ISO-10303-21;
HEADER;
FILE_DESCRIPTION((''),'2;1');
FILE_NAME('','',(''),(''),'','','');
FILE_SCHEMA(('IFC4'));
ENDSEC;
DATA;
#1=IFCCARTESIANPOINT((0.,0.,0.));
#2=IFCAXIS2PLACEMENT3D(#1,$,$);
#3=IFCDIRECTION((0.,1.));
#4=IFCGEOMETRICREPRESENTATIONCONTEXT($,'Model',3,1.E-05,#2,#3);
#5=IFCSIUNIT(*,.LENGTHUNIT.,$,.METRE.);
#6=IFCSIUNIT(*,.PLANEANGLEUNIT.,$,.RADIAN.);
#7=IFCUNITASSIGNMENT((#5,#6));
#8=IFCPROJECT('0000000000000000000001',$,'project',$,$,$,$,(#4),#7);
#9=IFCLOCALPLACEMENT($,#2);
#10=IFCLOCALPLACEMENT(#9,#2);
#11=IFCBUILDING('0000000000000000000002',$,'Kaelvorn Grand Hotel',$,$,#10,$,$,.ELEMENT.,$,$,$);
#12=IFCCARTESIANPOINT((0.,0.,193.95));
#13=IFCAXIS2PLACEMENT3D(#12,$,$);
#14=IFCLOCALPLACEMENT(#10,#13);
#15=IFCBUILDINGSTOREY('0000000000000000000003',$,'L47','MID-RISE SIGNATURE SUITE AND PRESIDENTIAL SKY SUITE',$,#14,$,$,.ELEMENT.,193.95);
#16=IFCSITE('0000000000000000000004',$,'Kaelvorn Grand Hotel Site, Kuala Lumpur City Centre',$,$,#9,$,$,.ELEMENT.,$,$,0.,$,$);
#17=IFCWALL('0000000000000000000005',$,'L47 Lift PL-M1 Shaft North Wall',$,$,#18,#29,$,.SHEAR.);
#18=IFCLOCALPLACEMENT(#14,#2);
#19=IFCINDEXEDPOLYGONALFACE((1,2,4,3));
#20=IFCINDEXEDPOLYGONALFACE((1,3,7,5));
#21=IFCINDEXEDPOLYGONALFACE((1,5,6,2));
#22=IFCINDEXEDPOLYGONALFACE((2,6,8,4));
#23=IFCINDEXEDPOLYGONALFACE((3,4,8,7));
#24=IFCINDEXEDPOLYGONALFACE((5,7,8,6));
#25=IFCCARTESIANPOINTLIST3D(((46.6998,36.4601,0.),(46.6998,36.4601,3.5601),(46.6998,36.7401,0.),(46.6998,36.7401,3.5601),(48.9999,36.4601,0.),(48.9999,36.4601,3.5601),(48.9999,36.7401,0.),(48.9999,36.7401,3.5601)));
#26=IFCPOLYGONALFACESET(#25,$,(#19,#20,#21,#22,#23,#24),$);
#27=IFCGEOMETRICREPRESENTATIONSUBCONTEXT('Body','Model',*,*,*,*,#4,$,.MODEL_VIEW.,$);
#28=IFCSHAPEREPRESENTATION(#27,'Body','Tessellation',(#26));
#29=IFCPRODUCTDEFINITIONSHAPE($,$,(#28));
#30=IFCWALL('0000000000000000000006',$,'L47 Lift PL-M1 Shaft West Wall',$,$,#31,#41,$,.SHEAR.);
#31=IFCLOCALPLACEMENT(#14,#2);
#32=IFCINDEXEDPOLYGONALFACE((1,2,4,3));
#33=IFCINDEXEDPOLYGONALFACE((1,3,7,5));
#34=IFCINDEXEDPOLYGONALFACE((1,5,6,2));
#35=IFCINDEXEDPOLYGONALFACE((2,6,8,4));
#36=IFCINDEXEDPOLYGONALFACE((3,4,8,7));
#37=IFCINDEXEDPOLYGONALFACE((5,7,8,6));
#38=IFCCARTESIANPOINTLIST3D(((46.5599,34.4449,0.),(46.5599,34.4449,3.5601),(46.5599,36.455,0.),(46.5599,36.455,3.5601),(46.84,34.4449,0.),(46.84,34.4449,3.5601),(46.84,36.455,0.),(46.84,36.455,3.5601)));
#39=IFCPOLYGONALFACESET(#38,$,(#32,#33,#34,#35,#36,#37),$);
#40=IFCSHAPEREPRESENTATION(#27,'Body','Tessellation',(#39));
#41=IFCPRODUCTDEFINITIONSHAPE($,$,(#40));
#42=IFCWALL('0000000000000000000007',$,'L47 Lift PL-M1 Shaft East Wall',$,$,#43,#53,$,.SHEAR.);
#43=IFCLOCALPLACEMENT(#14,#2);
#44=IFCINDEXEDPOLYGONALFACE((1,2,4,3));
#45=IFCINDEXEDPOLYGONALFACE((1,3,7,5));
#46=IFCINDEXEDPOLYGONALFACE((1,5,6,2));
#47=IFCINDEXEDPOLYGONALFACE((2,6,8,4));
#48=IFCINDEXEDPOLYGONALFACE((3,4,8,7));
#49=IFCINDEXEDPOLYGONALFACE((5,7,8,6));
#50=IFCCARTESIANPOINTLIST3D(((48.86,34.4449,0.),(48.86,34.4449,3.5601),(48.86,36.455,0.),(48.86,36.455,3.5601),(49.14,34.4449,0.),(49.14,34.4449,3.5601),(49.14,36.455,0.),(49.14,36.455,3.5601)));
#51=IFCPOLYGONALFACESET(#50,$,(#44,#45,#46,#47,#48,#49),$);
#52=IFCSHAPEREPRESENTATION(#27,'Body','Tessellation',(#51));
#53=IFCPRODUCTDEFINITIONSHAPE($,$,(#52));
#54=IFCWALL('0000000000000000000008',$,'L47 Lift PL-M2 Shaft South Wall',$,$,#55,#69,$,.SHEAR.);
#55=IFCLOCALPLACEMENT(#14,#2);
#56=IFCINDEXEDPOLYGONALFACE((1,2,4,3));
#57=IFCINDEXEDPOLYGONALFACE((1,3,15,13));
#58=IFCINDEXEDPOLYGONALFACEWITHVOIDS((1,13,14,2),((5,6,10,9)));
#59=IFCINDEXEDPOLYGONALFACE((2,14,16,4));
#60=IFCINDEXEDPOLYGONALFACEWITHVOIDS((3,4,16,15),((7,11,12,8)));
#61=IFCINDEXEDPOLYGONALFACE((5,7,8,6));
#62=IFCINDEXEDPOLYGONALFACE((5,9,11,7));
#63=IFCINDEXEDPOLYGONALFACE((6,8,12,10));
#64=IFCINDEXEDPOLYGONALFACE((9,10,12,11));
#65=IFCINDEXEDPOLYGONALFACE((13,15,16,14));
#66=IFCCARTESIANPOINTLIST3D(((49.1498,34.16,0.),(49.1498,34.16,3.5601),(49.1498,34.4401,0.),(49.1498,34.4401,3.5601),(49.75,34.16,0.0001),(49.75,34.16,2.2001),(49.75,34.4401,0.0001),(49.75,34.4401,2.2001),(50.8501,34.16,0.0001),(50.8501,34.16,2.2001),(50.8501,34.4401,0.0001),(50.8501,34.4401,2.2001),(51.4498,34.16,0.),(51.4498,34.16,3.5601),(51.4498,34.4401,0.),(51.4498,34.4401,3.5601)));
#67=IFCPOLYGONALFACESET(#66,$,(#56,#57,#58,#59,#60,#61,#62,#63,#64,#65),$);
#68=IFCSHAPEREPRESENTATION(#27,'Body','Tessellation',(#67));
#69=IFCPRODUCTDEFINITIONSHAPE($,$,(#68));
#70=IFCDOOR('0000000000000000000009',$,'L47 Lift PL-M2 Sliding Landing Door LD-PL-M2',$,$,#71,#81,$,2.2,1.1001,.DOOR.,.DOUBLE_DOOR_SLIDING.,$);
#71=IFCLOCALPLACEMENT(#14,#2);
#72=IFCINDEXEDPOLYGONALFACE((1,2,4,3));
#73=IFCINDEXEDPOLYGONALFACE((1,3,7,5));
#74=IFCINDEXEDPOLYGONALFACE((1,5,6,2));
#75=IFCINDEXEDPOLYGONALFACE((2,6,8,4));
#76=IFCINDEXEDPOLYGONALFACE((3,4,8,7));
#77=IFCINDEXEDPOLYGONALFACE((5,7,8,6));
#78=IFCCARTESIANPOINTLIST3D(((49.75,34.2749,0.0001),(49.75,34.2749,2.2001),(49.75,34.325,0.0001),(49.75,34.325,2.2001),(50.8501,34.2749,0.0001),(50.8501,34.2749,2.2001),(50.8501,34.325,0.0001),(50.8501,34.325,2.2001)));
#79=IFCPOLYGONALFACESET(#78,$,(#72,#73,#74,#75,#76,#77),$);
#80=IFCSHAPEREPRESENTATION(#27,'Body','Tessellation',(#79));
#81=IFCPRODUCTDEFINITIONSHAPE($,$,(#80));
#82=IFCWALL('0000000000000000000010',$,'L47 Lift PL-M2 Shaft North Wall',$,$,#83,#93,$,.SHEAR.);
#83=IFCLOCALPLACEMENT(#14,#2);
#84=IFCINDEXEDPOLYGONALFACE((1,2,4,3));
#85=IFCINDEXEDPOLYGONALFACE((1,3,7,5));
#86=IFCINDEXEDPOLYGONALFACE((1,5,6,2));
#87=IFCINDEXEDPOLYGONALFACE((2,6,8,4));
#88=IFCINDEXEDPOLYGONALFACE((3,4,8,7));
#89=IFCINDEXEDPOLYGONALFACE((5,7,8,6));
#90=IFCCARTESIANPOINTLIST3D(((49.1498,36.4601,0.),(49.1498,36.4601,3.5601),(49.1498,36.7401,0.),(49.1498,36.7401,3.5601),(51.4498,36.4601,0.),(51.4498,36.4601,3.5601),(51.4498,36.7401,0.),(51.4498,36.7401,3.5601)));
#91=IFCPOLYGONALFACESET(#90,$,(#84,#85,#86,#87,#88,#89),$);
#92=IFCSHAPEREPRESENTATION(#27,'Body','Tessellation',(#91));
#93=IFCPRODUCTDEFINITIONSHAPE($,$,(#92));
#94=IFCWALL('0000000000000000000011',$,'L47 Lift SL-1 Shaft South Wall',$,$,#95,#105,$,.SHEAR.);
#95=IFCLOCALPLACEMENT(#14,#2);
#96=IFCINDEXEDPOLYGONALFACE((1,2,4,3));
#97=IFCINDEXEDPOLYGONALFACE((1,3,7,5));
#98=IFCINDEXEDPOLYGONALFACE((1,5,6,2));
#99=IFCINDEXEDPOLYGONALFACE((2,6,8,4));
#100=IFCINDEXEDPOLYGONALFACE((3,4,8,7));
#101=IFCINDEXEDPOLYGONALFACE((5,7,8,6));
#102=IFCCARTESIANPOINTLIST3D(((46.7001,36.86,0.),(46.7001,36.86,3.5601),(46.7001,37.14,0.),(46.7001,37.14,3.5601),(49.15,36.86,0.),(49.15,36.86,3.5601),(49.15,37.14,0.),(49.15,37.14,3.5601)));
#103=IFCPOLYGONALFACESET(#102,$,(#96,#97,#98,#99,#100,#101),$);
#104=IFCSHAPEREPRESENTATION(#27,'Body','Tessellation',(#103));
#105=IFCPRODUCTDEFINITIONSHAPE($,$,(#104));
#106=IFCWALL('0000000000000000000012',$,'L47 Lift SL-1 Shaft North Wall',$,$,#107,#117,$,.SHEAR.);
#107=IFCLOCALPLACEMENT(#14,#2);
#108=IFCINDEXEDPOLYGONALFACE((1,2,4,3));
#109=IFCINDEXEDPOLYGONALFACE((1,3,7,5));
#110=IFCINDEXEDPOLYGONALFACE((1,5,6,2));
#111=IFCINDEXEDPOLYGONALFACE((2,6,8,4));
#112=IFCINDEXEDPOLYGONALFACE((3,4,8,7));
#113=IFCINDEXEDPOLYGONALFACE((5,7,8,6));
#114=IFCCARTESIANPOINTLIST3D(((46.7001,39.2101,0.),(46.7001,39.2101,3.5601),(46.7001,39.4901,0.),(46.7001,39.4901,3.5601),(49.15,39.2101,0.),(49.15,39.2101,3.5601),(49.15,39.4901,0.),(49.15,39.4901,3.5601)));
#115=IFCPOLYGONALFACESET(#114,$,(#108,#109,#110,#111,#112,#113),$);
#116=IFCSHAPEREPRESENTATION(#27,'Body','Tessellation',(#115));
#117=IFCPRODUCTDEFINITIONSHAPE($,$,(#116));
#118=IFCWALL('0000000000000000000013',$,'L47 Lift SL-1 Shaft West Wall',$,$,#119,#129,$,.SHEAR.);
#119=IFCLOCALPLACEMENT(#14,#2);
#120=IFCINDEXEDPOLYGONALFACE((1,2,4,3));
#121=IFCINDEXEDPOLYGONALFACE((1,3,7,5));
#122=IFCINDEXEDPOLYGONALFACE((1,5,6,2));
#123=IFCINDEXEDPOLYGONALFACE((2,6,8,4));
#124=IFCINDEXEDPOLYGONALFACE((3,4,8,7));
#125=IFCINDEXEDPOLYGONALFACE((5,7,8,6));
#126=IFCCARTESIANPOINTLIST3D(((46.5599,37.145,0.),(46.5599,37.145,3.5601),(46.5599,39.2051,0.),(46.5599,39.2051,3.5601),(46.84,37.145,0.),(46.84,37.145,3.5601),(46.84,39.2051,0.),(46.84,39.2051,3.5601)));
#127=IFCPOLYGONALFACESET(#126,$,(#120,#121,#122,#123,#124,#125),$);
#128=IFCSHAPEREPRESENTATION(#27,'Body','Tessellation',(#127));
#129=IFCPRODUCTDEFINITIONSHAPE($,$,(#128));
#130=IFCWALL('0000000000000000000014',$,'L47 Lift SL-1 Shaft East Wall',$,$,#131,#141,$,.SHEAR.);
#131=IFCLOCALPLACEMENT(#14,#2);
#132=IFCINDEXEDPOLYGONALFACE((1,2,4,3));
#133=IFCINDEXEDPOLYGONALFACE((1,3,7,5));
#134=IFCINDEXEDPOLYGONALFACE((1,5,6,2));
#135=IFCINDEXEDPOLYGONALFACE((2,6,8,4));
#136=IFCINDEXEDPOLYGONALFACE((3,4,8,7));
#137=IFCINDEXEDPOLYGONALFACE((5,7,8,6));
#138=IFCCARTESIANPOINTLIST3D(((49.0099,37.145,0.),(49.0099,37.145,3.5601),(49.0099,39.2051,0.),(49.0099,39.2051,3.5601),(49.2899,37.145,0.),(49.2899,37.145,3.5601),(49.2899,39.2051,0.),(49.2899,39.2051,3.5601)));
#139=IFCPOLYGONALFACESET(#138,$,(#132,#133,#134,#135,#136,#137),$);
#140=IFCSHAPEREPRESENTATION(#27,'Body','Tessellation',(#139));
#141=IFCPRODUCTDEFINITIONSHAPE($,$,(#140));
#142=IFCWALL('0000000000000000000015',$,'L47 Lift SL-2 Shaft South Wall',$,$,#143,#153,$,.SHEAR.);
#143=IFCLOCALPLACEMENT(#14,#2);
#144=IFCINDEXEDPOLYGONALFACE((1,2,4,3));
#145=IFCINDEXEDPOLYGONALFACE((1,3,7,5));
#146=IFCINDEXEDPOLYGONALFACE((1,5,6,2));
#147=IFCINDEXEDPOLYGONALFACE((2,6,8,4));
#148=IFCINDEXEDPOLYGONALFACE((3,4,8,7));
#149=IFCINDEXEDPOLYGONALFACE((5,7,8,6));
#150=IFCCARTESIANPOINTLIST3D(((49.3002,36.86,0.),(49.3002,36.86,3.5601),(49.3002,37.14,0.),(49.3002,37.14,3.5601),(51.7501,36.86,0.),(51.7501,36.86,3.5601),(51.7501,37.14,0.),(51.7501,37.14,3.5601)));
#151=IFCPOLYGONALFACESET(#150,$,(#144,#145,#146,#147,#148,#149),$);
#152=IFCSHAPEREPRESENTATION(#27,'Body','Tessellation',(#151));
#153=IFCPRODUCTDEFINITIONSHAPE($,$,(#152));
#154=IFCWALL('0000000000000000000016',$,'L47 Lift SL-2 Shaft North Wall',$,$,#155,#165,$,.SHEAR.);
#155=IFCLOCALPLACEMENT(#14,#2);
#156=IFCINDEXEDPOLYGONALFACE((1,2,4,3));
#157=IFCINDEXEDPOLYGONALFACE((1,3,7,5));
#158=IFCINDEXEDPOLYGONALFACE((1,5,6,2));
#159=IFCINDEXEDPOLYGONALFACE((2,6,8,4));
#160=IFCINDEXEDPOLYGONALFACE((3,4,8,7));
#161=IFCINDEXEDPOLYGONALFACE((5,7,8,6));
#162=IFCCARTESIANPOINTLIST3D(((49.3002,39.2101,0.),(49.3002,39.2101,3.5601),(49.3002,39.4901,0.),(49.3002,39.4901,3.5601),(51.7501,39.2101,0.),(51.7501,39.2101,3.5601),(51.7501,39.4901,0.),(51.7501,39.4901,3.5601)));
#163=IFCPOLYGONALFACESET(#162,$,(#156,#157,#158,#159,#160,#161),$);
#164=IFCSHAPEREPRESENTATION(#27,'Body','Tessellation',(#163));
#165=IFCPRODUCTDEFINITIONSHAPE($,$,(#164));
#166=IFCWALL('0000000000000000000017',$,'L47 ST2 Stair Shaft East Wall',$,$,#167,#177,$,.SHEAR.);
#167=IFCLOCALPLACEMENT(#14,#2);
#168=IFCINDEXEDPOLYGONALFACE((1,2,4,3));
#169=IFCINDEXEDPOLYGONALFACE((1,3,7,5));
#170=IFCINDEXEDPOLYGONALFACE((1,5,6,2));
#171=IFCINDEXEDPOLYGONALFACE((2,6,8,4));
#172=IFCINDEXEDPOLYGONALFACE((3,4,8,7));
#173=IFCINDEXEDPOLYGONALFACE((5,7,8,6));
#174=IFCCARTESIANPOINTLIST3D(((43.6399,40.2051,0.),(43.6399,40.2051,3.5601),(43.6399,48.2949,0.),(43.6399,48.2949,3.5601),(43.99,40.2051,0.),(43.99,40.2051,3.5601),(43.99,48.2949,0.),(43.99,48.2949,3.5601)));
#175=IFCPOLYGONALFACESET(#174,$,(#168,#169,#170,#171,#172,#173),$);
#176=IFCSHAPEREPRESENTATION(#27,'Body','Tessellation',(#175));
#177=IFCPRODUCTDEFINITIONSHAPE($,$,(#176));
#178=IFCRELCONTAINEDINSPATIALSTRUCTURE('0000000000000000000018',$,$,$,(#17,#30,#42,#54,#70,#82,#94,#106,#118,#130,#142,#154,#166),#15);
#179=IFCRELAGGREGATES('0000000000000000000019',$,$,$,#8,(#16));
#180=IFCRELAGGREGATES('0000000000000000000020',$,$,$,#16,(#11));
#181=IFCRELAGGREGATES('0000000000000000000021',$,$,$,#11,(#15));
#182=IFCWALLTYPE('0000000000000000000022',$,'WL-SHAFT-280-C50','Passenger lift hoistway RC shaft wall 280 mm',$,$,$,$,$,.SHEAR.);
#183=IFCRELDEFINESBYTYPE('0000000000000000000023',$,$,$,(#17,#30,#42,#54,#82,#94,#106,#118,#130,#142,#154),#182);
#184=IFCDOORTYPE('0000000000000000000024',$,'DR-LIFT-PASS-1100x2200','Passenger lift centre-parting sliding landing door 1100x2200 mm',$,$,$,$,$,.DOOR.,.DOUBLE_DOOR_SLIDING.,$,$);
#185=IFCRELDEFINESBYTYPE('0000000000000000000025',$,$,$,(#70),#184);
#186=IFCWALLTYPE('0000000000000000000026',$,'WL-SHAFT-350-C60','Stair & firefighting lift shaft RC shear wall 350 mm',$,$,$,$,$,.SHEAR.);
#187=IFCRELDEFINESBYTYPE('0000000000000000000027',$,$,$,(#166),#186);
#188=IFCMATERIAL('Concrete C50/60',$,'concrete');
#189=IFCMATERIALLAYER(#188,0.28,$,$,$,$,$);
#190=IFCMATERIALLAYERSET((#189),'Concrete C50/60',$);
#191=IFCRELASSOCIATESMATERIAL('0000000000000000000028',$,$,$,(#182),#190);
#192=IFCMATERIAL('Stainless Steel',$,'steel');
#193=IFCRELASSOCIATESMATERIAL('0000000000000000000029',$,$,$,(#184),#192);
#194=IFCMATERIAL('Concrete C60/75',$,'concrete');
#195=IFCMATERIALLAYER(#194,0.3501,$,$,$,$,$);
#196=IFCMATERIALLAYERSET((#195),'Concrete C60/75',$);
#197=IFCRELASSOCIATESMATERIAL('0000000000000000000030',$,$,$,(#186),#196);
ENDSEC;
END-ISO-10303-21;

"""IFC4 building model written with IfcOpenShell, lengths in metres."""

from ifc_helpers import new_model, si_unit, direction, frame, frame_2d, origin, place, context, subcontext, project, spatial, rectangle, extrude, material, layer, layer_set, type_object, element, fill, save


model = new_model("IFC4")

# Units and contexts
model_context = context("Model", 3, precision=1e-05, world=origin(), true_north=direction((0.0, 1.0)))
body_context = subcontext(model_context, "Body", "Model", "MODEL_VIEW")
ifc_project = project(units=[si_unit("LENGTHUNIT", "METRE"), si_unit("PLANEANGLEUNIT", "RADIAN")], contexts=[model_context])

# Site, building, storey
site_placement = place(None, origin())
site = spatial("IfcSite", under=ifc_project, at=site_placement, Name="Kaelvorn Grand Hotel Site, Kuala Lumpur City Centre", CompositionType="ELEMENT", RefElevation=0.0)
building_placement = place(site_placement, origin())
building = spatial("IfcBuilding", under=site, at=building_placement, Name="Kaelvorn Grand Hotel", CompositionType="ELEMENT")
storey_placement = place(building_placement, frame((0.0, 0.0, 193.95)))
storey = spatial("IfcBuildingStorey", under=building, at=storey_placement, Name="L47", Description="MID-RISE SIGNATURE SUITE AND PRESIDENTIAL SKY SUITE", CompositionType="ELEMENT", Elevation=193.95)

# Shared definitions
ifc_material_1 = material(Name="Concrete C60/75", Category="concrete")

# Shared definitions
ifc_material_2 = material(Name="Concrete C50/60", Category="concrete")

# Shared definitions
ifc_layer_1 = layer(ifc_material_2, 0.28)
ifc_layer_set_1 = layer_set([ifc_layer_1], Name="Concrete C50/60")
wall_type_1 = type_object("IfcWallType", Name="WL-SHAFT-280-C50", Description="Passenger lift hoistway RC shaft wall 280 mm", PredefinedType="SHEAR", material=ifc_layer_set_1)
ifc_material_3 = material(Name="Stainless Steel", Category="steel")
door_type_1 = type_object("IfcDoorType", Name="DR-LIFT-PASS-1100x2200", Description="Passenger lift centre-parting sliding landing door 1100x2200 mm", OperationType="DOUBLE_DOOR_SLIDING", PredefinedType="DOOR", material=ifc_material_3)

# Walls
wall_1_placement = place(storey_placement, frame((46.7, 36.6001, 0.0), z_axis=(0.0, 0.0, 1.0), x_axis=(1.0, 0.0, 0.0)))
element("IfcWall", 1, at=wall_1_placement, inside=storey, type_object=wall_type_1, Name="L47 Lift PL-M1 Shaft North Wall", PredefinedType="SHEAR", context=body_context, shape_type="SweptSolid", body=[
    extrude(rectangle(XDim=2.3, YDim=0.28, at=frame_2d((1.1499, 0.0))), origin(), (0.0, 0.0, 1.0), 3.5601),
])
for number, where, z_axis, x_axis, name in (
    (2, (46.7, 34.4451, 0.0), (0.0, 0.0, 1.0), (0.0, 1.0, 0.0), "L47 Lift PL-M1 Shaft West Wall"),
    (3, (49.0, 34.4451, 0.0), (0.0, 0.0, 1.0), (0.0, 1.0, 0.0), "L47 Lift PL-M1 Shaft East Wall"),
):
    element("IfcWall", number, at=place(storey_placement, frame(where, z_axis=z_axis, x_axis=x_axis)), inside=storey, type_object=wall_type_1, Name=name, PredefinedType="SHEAR", context=body_context, shape_type="SweptSolid", body=[
        extrude(rectangle(XDim=2.01, YDim=0.28, at=frame_2d((1.0049, 0.0))), origin(), (0.0, 0.0, 1.0), 3.5601),
    ])

# Wall, opening, door
wall_2_placement = place(storey_placement, frame((49.1499, 34.3, 0.0), z_axis=(0.0, 0.0, 1.0), x_axis=(1.0, 0.0, 0.0)))
wall_2 = element("IfcWall", 4, at=wall_2_placement, inside=storey, type_object=wall_type_1, Name="L47 Lift PL-M2 Shaft South Wall", PredefinedType="SHEAR", context=body_context, shape_type="SweptSolid", body=[
    extrude(rectangle(XDim=2.3, YDim=0.28, at=frame_2d((1.1499, 0.0))), origin(), (0.0, 0.0, 1.0), 3.5601),
])
opening_1_placement = place(wall_2_placement, frame((0.6001, 0.0, 0.0)))
opening_1 = element("IfcOpeningElement", 5, at=opening_1_placement, cuts=wall_2, PredefinedType="OPENING", context=body_context, shape_type="SweptSolid", body=[
    extrude(rectangle(XDim=1.1001, YDim=2.2, at=frame_2d((0.55, 1.1001))), frame((0.0, 0.1499, 0.0), z_axis=(0.0, -1.0, 0.0), x_axis=(1.0, 0.0, 0.0)), (0.0, 0.0, 1.0), 0.3),
])
door_1_placement = place(opening_1_placement, origin())
door_1 = element("IfcDoor", 6, at=door_1_placement, inside=storey, type_object=door_type_1, Name="L47 Lift PL-M2 Sliding Landing Door LD-PL-M2", OperationType="DOUBLE_DOOR_SLIDING", OverallHeight=2.2, OverallWidth=1.1001, PredefinedType="DOOR", context=body_context, shape_type="SweptSolid", body=[
    extrude(rectangle(XDim=1.1001, YDim=2.2, at=frame_2d((0.55, 1.1001))), frame((0.0, 0.0249, 0.0), z_axis=(0.0, -1.0, 0.0), x_axis=(1.0, 0.0, 0.0)), (0.0, 0.0, 1.0), 0.05),
])
fill(opening_1, door_1)

# Walls
wall_3_placement = place(storey_placement, frame((49.1499, 36.6001, 0.0), z_axis=(0.0, 0.0, 1.0), x_axis=(1.0, 0.0, 0.0)))
element("IfcWall", 7, at=wall_3_placement, inside=storey, type_object=wall_type_1, Name="L47 Lift PL-M2 Shaft North Wall", PredefinedType="SHEAR", context=body_context, shape_type="SweptSolid", body=[
    extrude(rectangle(XDim=2.3, YDim=0.28, at=frame_2d((1.1499, 0.0))), origin(), (0.0, 0.0, 1.0), 3.5601),
])
for number, where, z_axis, x_axis, name in (
    (8, (46.7, 37.0, 0.0), (0.0, 0.0, 1.0), (1.0, 0.0, 0.0), "L47 Lift SL-1 Shaft South Wall"),
    (9, (46.7, 39.3501, 0.0), (0.0, 0.0, 1.0), (1.0, 0.0, 0.0), "L47 Lift SL-1 Shaft North Wall"),
):
    element("IfcWall", number, at=place(storey_placement, frame(where, z_axis=z_axis, x_axis=x_axis)), inside=storey, type_object=wall_type_1, Name=name, PredefinedType="SHEAR", context=body_context, shape_type="SweptSolid", body=[
        extrude(rectangle(XDim=2.45, YDim=0.28, at=frame_2d((1.2251, 0.0))), origin(), (0.0, 0.0, 1.0), 3.5601),
    ])
for number, where, z_axis, x_axis, name in (
    (10, (46.7, 37.145, 0.0), (0.0, 0.0, 1.0), (0.0, 1.0, 0.0), "L47 Lift SL-1 Shaft West Wall"),
    (11, (49.1499, 37.145, 0.0), (0.0, 0.0, 1.0), (0.0, 1.0, 0.0), "L47 Lift SL-1 Shaft East Wall"),
):
    element("IfcWall", number, at=place(storey_placement, frame(where, z_axis=z_axis, x_axis=x_axis)), inside=storey, type_object=wall_type_1, Name=name, PredefinedType="SHEAR", context=body_context, shape_type="SweptSolid", body=[
        extrude(rectangle(XDim=2.0601, YDim=0.28, at=frame_2d((1.03, 0.0))), origin(), (0.0, 0.0, 1.0), 3.5601),
    ])
for number, where, z_axis, x_axis, name in (
    (12, (49.3, 37.0, 0.0), (0.0, 0.0, 1.0), (1.0, 0.0, 0.0), "L47 Lift SL-2 Shaft South Wall"),
    (13, (49.3, 39.3501, 0.0), (0.0, 0.0, 1.0), (1.0, 0.0, 0.0), "L47 Lift SL-2 Shaft North Wall"),
):
    element("IfcWall", number, at=place(storey_placement, frame(where, z_axis=z_axis, x_axis=x_axis)), inside=storey, type_object=wall_type_1, Name=name, PredefinedType="SHEAR", context=body_context, shape_type="SweptSolid", body=[
        extrude(rectangle(XDim=2.45, YDim=0.28, at=frame_2d((1.2251, 0.0))), origin(), (0.0, 0.0, 1.0), 3.5601),
    ])
ifc_layer_2 = layer(ifc_material_1, 0.3501)
ifc_layer_set_2 = layer_set([ifc_layer_2], Name="Concrete C60/75")
wall_type_2 = type_object("IfcWallType", Name="WL-SHAFT-350-C60", Description="Stair & firefighting lift shaft RC shear wall 350 mm", PredefinedType="SHEAR", material=ifc_layer_set_2)
wall_4_placement = place(storey_placement, frame((43.8149, 40.2051, 0.0), z_axis=(0.0, 0.0, 1.0), x_axis=(0.0, 1.0, 0.0)))
element("IfcWall", 14, at=wall_4_placement, inside=storey, type_object=wall_type_2, Name="L47 ST2 Stair Shaft East Wall", PredefinedType="SHEAR", context=body_context, shape_type="SweptSolid", body=[
    extrude(rectangle(XDim=8.0898, YDim=0.3501, at=frame_2d((4.0449, 0.0))), origin(), (0.0, 0.0, 1.0), 3.5601),
])

save(model, "model.ifc")
